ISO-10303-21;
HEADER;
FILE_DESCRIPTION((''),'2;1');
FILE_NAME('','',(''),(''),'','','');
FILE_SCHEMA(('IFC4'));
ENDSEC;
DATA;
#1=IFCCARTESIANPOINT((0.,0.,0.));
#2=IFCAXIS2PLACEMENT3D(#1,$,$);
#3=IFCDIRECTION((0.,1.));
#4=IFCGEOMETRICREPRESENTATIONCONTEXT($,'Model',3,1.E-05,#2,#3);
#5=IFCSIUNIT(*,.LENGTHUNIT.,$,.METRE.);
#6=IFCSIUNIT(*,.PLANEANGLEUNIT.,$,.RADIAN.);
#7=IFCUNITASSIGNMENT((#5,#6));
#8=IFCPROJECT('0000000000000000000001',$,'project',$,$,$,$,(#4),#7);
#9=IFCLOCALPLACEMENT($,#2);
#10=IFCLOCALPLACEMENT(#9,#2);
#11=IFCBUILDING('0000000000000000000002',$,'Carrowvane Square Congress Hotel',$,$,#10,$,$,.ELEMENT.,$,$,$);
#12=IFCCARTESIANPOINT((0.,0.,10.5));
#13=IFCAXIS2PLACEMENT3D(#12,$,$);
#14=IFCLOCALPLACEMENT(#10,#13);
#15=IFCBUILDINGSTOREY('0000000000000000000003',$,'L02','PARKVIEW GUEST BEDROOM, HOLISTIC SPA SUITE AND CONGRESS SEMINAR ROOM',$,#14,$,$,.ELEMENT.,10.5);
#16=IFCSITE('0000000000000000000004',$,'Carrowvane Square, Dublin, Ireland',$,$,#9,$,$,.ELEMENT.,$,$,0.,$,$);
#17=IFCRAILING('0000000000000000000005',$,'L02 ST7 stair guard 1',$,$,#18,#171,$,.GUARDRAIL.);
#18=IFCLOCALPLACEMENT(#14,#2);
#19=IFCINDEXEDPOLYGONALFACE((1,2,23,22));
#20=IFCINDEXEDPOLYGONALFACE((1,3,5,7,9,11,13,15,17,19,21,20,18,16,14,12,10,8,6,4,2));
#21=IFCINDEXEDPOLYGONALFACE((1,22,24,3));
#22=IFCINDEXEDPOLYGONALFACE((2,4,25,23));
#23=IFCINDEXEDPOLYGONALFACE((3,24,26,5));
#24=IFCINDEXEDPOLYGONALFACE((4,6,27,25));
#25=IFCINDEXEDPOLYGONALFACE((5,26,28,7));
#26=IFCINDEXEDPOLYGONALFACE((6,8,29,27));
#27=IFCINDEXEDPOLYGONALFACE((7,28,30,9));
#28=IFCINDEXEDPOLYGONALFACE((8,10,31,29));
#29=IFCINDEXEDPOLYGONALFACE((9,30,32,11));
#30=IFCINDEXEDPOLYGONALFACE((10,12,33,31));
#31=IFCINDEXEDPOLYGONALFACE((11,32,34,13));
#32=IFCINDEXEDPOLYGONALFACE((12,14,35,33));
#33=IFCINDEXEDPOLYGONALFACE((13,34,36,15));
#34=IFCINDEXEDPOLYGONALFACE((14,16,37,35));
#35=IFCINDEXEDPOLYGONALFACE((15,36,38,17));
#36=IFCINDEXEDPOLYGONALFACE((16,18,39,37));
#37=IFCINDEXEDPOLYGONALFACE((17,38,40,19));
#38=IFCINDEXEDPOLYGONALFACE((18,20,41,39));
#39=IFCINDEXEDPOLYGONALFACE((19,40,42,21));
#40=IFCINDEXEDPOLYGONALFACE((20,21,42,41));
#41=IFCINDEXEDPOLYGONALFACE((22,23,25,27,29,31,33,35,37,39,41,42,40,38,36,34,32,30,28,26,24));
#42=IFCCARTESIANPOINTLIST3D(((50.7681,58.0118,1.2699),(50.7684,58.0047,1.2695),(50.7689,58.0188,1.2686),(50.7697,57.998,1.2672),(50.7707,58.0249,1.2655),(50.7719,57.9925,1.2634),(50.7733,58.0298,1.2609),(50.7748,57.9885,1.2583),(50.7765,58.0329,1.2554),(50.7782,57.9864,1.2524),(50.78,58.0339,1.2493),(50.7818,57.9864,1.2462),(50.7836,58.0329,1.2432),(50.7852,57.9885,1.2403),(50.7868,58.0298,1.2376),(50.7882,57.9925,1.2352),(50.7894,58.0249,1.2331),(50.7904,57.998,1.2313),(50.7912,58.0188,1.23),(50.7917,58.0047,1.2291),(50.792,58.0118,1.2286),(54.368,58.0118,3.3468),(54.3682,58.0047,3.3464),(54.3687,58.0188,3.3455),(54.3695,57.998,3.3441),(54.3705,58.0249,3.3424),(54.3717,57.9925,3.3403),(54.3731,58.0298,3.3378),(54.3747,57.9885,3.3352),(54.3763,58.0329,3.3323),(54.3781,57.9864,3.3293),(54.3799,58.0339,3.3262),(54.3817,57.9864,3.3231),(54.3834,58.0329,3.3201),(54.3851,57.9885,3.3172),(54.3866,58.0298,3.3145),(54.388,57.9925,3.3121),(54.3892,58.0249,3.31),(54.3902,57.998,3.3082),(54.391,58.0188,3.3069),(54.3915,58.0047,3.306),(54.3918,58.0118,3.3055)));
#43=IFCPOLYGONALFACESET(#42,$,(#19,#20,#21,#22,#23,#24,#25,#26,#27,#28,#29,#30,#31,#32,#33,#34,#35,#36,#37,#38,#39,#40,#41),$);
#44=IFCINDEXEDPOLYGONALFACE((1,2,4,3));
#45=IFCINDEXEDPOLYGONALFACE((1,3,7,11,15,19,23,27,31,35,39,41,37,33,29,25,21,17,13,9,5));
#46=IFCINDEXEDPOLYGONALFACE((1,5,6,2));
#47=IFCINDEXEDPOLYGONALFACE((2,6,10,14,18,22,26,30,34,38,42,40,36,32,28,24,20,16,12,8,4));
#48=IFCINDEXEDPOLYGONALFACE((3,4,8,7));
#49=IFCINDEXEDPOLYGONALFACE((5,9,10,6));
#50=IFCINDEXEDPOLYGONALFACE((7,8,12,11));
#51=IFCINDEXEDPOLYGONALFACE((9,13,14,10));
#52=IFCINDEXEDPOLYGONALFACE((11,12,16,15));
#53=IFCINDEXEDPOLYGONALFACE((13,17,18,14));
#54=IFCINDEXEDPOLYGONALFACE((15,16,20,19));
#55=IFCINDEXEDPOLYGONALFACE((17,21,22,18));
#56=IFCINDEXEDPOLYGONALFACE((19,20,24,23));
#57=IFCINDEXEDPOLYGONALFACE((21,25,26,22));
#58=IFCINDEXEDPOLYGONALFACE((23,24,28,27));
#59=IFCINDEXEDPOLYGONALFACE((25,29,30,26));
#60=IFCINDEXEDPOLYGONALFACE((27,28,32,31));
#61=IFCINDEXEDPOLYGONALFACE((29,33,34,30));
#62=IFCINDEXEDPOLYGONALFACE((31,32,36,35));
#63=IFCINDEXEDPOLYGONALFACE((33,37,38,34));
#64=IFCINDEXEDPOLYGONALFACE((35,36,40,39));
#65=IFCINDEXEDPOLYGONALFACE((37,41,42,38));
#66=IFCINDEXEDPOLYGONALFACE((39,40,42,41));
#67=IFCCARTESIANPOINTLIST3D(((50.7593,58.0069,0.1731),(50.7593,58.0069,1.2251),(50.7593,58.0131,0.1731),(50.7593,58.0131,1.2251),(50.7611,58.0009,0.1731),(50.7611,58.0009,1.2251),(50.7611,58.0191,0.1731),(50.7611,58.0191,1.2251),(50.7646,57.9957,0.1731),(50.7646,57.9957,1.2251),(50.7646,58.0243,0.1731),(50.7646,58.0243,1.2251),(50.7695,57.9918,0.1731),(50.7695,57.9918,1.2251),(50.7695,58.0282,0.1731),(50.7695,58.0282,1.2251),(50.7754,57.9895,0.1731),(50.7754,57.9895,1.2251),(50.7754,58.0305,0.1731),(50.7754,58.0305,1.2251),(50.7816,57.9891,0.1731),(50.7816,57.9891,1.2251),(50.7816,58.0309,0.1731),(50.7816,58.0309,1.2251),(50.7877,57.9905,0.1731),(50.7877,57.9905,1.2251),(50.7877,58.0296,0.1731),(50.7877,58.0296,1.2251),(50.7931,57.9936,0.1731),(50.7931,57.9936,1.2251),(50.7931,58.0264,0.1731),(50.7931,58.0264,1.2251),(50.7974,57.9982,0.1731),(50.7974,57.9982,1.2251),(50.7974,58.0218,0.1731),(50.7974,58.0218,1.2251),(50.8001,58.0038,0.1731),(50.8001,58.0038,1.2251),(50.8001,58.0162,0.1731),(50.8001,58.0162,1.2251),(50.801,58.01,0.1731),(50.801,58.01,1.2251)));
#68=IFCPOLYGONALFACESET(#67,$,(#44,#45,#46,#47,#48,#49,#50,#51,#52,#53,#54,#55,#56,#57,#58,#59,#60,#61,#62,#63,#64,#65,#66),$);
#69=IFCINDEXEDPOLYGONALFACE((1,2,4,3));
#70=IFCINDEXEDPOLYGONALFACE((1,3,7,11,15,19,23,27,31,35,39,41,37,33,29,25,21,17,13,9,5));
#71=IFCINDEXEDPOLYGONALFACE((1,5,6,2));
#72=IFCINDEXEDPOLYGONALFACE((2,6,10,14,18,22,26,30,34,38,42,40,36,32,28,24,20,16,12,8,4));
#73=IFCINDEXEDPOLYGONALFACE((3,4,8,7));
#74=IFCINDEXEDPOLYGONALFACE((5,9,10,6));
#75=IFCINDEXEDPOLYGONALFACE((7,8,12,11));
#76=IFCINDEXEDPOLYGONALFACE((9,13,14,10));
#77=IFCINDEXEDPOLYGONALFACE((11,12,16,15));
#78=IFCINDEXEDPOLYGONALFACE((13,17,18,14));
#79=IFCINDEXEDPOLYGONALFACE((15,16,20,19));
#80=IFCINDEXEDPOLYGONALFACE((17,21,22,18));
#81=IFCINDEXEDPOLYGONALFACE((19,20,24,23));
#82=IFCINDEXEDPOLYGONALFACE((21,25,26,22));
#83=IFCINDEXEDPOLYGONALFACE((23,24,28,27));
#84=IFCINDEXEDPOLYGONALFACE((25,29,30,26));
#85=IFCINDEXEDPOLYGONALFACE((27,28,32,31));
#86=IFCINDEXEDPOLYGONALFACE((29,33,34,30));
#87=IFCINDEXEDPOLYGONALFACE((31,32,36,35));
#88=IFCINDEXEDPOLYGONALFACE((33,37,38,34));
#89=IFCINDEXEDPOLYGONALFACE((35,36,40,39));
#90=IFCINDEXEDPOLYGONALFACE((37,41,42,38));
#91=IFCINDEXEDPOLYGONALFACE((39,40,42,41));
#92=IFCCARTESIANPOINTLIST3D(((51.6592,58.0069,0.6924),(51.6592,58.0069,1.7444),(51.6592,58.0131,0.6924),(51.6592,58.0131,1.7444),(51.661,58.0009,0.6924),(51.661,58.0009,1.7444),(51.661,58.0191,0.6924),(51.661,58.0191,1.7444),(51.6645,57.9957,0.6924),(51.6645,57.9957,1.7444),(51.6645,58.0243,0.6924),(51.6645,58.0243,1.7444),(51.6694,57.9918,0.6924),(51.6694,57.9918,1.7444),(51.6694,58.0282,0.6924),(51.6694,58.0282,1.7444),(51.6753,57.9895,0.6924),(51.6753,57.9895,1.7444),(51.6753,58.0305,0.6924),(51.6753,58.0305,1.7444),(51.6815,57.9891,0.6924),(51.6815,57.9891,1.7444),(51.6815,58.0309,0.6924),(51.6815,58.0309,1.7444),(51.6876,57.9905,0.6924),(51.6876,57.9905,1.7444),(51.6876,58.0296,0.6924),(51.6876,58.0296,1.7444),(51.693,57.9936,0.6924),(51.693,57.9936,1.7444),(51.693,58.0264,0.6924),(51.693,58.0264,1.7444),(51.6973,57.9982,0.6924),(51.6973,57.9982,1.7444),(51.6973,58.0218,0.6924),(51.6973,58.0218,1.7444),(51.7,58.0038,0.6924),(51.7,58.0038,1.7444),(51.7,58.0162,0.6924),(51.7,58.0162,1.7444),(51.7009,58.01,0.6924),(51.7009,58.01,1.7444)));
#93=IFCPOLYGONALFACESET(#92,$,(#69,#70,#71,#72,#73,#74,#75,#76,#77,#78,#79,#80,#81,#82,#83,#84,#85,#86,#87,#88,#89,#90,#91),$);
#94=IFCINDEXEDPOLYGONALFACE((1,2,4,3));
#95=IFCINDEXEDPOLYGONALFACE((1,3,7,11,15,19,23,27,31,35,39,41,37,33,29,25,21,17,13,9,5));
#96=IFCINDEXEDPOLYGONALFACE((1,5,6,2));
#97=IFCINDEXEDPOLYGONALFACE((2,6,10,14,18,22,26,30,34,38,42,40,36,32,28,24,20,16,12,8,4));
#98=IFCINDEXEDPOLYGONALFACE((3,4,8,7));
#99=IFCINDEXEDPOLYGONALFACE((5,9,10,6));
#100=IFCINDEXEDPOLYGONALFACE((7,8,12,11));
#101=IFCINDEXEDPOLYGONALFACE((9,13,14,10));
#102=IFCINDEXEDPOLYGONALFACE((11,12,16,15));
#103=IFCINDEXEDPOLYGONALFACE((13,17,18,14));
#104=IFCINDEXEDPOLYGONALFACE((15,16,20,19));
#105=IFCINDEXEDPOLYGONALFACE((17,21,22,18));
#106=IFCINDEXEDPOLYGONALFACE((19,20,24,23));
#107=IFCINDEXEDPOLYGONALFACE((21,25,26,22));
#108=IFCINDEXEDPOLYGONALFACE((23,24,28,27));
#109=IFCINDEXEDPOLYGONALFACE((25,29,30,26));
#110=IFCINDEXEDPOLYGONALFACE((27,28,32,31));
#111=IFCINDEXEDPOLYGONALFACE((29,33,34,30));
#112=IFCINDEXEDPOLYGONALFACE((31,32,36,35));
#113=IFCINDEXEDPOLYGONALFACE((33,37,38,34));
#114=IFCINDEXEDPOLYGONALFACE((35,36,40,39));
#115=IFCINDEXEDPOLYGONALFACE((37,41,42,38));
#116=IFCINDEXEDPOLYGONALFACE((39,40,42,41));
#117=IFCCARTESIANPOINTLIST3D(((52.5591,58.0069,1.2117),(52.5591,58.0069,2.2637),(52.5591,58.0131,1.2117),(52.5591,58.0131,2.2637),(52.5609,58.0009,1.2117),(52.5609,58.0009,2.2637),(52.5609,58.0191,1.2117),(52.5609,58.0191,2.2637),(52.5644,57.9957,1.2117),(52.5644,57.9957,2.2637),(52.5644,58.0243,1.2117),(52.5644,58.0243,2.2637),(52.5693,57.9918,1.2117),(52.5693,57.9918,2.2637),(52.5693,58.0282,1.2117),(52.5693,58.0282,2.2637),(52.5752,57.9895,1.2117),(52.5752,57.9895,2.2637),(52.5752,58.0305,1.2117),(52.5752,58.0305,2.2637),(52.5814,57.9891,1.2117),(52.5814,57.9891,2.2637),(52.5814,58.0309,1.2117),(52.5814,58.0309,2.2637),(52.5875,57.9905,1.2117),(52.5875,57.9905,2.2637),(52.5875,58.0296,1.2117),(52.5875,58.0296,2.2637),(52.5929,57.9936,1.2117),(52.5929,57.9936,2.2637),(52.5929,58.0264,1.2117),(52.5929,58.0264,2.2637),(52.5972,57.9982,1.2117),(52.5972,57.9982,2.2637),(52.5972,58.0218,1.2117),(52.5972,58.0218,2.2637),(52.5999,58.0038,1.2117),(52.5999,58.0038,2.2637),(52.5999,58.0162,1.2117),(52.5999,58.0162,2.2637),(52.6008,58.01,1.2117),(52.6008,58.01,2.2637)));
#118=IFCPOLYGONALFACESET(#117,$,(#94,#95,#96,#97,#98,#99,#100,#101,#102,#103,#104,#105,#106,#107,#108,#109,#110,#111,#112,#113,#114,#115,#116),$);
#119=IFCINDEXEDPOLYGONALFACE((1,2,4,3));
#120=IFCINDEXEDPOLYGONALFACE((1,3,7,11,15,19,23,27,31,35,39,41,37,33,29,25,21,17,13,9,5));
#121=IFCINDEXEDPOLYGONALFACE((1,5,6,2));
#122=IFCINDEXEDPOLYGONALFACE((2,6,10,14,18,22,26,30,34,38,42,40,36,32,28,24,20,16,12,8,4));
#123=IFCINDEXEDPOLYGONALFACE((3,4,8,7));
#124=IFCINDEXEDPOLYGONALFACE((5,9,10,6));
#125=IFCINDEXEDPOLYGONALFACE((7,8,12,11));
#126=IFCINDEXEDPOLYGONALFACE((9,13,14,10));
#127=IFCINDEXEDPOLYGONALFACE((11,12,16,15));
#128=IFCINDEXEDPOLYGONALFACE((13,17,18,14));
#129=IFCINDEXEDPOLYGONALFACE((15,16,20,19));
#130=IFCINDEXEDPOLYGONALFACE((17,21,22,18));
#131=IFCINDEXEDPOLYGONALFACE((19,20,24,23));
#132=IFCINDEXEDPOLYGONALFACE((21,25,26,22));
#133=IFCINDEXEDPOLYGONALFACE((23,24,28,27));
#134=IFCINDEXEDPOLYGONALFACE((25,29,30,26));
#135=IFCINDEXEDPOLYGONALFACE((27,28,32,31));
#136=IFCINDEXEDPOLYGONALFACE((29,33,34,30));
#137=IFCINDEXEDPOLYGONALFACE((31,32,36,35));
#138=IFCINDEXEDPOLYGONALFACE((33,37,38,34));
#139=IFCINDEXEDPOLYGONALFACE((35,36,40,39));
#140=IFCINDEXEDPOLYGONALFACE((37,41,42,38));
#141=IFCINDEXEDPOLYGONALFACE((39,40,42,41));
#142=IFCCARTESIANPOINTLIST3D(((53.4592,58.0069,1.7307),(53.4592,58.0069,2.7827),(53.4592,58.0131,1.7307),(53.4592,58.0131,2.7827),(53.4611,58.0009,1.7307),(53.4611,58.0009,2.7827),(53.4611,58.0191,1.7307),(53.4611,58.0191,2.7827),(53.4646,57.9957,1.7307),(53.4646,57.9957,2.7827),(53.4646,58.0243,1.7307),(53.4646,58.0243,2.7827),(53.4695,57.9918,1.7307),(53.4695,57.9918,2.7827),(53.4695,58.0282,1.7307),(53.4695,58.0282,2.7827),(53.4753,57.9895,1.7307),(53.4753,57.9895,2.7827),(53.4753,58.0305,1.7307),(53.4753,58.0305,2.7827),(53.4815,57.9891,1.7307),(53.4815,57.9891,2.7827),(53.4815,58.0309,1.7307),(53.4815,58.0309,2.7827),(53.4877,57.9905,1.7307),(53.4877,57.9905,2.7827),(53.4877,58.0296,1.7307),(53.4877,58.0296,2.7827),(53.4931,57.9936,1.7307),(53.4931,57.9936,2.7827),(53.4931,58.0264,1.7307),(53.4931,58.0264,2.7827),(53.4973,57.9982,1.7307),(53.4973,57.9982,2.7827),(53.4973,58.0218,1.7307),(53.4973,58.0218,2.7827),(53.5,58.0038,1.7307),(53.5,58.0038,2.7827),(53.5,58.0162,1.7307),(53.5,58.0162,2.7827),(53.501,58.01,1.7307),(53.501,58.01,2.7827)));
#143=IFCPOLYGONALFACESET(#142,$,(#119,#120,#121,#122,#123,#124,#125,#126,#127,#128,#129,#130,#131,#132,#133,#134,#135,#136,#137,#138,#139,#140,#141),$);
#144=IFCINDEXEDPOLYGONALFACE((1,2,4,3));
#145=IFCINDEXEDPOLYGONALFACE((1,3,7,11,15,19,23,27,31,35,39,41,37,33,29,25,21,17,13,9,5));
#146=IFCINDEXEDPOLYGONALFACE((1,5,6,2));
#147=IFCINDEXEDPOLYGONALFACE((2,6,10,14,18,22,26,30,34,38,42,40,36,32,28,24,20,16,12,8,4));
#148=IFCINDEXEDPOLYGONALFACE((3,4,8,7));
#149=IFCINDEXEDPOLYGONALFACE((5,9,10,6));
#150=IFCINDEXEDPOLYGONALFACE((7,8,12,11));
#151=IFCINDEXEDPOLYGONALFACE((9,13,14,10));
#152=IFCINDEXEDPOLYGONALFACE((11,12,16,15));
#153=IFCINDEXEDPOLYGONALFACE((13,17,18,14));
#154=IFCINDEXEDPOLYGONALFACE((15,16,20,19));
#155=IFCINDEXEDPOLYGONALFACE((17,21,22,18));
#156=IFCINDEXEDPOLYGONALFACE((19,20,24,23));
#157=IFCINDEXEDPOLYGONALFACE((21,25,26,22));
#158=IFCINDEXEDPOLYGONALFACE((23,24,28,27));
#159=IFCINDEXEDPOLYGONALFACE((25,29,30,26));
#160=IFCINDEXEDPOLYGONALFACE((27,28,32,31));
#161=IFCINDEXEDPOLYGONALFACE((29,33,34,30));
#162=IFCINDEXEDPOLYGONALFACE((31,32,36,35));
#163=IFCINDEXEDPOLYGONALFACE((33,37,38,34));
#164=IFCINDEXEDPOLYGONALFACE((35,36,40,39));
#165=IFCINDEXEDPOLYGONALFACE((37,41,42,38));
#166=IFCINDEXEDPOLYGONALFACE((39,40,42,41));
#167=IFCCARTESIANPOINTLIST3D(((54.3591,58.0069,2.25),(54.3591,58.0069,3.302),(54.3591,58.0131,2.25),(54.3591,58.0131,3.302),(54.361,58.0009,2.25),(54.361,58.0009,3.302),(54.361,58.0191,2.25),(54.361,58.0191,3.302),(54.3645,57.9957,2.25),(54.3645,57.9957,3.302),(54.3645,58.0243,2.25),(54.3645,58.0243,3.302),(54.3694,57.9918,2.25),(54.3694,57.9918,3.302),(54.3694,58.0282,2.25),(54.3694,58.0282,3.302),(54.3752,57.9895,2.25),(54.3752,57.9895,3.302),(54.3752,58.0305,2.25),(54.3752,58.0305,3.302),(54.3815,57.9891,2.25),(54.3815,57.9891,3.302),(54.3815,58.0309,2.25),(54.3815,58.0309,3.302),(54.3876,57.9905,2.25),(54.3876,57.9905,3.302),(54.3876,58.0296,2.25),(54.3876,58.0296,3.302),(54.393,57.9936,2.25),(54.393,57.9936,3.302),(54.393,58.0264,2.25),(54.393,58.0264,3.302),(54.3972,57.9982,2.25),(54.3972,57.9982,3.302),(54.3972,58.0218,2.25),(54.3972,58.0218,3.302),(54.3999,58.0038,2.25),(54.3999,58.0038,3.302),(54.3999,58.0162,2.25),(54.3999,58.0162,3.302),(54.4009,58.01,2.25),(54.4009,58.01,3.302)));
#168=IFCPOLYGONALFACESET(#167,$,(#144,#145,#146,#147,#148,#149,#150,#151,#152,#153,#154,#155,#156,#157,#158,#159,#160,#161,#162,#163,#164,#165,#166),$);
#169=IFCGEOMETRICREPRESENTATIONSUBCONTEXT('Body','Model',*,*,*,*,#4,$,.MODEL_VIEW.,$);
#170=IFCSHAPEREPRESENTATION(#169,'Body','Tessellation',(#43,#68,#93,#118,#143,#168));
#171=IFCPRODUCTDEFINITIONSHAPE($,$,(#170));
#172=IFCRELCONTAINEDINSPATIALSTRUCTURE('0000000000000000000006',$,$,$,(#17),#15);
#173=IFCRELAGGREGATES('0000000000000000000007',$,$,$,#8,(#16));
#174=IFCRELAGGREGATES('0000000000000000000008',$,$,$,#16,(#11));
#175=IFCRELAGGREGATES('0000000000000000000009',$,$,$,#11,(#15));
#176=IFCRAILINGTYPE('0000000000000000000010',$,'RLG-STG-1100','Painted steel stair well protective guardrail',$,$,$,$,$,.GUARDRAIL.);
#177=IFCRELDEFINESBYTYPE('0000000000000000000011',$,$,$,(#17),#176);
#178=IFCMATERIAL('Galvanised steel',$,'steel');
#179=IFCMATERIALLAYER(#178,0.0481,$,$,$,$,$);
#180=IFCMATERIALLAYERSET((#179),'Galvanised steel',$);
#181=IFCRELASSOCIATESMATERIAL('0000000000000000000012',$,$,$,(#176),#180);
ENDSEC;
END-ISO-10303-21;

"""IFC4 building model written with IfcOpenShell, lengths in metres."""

from ifc_helpers import new_model, si_unit, direction, frame, origin, origin_2d, place, context, subcontext, project, spatial, circle, extrude, material, layer, layer_set, type_object, element, save


model = new_model("IFC4")

# Units and contexts
model_context = context("Model", 3, precision=1e-05, world=origin(), true_north=direction((0.0, 1.0)))
body_context = subcontext(model_context, "Body", "Model", "MODEL_VIEW")
ifc_project = project(units=[si_unit("LENGTHUNIT", "METRE"), si_unit("PLANEANGLEUNIT", "RADIAN")], contexts=[model_context])

# Site, building, storey
site_placement = place(None, origin())
site = spatial("IfcSite", under=ifc_project, at=site_placement, Name="Carrowvane Square, Dublin, Ireland", CompositionType="ELEMENT", RefElevation=0.0)
building_placement = place(site_placement, origin())
building = spatial("IfcBuilding", under=site, at=building_placement, Name="Carrowvane Square Congress Hotel", CompositionType="ELEMENT")
storey_placement = place(building_placement, frame((0.0, 0.0, 10.5)))
storey = spatial("IfcBuildingStorey", under=building, at=storey_placement, Name="L02", Description="PARKVIEW GUEST BEDROOM, HOLISTIC SPA SUITE AND CONGRESS SEMINAR ROOM", CompositionType="ELEMENT", Elevation=10.5)

# Railing
ifc_material_1 = material(Name="Galvanised steel", Category="steel")
ifc_layer_1 = layer(ifc_material_1, 0.0481)
ifc_layer_set_1 = layer_set([ifc_layer_1], Name="Galvanised steel")
railing_type_1 = type_object("IfcRailingType", Name="RLG-STG-1100", Description="Painted steel stair well protective guardrail", PredefinedType="GUARDRAIL", material=ifc_layer_set_1)
railing_1_placement = place(storey_placement, frame((50.78, 58.01, 0.1731)))
element("IfcRailing", 1, at=railing_1_placement, inside=storey, type_object=railing_type_1, Name="L02 ST7 stair guard 1", PredefinedType="GUARDRAIL", context=body_context, shape_type="SweptSolid", body=[
    extrude(circle(Radius=0.0239, at=origin_2d()), frame((0.0, 0.0, 1.0762), z_axis=(0.866179, 0.0, 0.499734), x_axis=(0.0, 1.0, 0.0)), (0.0, 0.0, 1.0), 4.156),
    extrude(circle(Radius=0.021, at=origin_2d()), origin(), (0.0, 0.0, 1.0), 1.052),
    extrude(circle(Radius=0.021, at=origin_2d()), frame((0.8999, 0.0, 0.5193)), (0.0, 0.0, 1.0), 1.052),
    extrude(circle(Radius=0.021, at=origin_2d()), frame((1.7998, 0.0, 1.0386)), (0.0, 0.0, 1.0), 1.052),
    extrude(circle(Radius=0.021, at=origin_2d()), frame((2.7, 0.0, 1.5576)), (0.0, 0.0, 1.0), 1.052),
    extrude(circle(Radius=0.021, at=origin_2d()), frame((3.5999, 0.0, 2.0769)), (0.0, 0.0, 1.0), 1.052),
])

save(model, "model.ifc")
